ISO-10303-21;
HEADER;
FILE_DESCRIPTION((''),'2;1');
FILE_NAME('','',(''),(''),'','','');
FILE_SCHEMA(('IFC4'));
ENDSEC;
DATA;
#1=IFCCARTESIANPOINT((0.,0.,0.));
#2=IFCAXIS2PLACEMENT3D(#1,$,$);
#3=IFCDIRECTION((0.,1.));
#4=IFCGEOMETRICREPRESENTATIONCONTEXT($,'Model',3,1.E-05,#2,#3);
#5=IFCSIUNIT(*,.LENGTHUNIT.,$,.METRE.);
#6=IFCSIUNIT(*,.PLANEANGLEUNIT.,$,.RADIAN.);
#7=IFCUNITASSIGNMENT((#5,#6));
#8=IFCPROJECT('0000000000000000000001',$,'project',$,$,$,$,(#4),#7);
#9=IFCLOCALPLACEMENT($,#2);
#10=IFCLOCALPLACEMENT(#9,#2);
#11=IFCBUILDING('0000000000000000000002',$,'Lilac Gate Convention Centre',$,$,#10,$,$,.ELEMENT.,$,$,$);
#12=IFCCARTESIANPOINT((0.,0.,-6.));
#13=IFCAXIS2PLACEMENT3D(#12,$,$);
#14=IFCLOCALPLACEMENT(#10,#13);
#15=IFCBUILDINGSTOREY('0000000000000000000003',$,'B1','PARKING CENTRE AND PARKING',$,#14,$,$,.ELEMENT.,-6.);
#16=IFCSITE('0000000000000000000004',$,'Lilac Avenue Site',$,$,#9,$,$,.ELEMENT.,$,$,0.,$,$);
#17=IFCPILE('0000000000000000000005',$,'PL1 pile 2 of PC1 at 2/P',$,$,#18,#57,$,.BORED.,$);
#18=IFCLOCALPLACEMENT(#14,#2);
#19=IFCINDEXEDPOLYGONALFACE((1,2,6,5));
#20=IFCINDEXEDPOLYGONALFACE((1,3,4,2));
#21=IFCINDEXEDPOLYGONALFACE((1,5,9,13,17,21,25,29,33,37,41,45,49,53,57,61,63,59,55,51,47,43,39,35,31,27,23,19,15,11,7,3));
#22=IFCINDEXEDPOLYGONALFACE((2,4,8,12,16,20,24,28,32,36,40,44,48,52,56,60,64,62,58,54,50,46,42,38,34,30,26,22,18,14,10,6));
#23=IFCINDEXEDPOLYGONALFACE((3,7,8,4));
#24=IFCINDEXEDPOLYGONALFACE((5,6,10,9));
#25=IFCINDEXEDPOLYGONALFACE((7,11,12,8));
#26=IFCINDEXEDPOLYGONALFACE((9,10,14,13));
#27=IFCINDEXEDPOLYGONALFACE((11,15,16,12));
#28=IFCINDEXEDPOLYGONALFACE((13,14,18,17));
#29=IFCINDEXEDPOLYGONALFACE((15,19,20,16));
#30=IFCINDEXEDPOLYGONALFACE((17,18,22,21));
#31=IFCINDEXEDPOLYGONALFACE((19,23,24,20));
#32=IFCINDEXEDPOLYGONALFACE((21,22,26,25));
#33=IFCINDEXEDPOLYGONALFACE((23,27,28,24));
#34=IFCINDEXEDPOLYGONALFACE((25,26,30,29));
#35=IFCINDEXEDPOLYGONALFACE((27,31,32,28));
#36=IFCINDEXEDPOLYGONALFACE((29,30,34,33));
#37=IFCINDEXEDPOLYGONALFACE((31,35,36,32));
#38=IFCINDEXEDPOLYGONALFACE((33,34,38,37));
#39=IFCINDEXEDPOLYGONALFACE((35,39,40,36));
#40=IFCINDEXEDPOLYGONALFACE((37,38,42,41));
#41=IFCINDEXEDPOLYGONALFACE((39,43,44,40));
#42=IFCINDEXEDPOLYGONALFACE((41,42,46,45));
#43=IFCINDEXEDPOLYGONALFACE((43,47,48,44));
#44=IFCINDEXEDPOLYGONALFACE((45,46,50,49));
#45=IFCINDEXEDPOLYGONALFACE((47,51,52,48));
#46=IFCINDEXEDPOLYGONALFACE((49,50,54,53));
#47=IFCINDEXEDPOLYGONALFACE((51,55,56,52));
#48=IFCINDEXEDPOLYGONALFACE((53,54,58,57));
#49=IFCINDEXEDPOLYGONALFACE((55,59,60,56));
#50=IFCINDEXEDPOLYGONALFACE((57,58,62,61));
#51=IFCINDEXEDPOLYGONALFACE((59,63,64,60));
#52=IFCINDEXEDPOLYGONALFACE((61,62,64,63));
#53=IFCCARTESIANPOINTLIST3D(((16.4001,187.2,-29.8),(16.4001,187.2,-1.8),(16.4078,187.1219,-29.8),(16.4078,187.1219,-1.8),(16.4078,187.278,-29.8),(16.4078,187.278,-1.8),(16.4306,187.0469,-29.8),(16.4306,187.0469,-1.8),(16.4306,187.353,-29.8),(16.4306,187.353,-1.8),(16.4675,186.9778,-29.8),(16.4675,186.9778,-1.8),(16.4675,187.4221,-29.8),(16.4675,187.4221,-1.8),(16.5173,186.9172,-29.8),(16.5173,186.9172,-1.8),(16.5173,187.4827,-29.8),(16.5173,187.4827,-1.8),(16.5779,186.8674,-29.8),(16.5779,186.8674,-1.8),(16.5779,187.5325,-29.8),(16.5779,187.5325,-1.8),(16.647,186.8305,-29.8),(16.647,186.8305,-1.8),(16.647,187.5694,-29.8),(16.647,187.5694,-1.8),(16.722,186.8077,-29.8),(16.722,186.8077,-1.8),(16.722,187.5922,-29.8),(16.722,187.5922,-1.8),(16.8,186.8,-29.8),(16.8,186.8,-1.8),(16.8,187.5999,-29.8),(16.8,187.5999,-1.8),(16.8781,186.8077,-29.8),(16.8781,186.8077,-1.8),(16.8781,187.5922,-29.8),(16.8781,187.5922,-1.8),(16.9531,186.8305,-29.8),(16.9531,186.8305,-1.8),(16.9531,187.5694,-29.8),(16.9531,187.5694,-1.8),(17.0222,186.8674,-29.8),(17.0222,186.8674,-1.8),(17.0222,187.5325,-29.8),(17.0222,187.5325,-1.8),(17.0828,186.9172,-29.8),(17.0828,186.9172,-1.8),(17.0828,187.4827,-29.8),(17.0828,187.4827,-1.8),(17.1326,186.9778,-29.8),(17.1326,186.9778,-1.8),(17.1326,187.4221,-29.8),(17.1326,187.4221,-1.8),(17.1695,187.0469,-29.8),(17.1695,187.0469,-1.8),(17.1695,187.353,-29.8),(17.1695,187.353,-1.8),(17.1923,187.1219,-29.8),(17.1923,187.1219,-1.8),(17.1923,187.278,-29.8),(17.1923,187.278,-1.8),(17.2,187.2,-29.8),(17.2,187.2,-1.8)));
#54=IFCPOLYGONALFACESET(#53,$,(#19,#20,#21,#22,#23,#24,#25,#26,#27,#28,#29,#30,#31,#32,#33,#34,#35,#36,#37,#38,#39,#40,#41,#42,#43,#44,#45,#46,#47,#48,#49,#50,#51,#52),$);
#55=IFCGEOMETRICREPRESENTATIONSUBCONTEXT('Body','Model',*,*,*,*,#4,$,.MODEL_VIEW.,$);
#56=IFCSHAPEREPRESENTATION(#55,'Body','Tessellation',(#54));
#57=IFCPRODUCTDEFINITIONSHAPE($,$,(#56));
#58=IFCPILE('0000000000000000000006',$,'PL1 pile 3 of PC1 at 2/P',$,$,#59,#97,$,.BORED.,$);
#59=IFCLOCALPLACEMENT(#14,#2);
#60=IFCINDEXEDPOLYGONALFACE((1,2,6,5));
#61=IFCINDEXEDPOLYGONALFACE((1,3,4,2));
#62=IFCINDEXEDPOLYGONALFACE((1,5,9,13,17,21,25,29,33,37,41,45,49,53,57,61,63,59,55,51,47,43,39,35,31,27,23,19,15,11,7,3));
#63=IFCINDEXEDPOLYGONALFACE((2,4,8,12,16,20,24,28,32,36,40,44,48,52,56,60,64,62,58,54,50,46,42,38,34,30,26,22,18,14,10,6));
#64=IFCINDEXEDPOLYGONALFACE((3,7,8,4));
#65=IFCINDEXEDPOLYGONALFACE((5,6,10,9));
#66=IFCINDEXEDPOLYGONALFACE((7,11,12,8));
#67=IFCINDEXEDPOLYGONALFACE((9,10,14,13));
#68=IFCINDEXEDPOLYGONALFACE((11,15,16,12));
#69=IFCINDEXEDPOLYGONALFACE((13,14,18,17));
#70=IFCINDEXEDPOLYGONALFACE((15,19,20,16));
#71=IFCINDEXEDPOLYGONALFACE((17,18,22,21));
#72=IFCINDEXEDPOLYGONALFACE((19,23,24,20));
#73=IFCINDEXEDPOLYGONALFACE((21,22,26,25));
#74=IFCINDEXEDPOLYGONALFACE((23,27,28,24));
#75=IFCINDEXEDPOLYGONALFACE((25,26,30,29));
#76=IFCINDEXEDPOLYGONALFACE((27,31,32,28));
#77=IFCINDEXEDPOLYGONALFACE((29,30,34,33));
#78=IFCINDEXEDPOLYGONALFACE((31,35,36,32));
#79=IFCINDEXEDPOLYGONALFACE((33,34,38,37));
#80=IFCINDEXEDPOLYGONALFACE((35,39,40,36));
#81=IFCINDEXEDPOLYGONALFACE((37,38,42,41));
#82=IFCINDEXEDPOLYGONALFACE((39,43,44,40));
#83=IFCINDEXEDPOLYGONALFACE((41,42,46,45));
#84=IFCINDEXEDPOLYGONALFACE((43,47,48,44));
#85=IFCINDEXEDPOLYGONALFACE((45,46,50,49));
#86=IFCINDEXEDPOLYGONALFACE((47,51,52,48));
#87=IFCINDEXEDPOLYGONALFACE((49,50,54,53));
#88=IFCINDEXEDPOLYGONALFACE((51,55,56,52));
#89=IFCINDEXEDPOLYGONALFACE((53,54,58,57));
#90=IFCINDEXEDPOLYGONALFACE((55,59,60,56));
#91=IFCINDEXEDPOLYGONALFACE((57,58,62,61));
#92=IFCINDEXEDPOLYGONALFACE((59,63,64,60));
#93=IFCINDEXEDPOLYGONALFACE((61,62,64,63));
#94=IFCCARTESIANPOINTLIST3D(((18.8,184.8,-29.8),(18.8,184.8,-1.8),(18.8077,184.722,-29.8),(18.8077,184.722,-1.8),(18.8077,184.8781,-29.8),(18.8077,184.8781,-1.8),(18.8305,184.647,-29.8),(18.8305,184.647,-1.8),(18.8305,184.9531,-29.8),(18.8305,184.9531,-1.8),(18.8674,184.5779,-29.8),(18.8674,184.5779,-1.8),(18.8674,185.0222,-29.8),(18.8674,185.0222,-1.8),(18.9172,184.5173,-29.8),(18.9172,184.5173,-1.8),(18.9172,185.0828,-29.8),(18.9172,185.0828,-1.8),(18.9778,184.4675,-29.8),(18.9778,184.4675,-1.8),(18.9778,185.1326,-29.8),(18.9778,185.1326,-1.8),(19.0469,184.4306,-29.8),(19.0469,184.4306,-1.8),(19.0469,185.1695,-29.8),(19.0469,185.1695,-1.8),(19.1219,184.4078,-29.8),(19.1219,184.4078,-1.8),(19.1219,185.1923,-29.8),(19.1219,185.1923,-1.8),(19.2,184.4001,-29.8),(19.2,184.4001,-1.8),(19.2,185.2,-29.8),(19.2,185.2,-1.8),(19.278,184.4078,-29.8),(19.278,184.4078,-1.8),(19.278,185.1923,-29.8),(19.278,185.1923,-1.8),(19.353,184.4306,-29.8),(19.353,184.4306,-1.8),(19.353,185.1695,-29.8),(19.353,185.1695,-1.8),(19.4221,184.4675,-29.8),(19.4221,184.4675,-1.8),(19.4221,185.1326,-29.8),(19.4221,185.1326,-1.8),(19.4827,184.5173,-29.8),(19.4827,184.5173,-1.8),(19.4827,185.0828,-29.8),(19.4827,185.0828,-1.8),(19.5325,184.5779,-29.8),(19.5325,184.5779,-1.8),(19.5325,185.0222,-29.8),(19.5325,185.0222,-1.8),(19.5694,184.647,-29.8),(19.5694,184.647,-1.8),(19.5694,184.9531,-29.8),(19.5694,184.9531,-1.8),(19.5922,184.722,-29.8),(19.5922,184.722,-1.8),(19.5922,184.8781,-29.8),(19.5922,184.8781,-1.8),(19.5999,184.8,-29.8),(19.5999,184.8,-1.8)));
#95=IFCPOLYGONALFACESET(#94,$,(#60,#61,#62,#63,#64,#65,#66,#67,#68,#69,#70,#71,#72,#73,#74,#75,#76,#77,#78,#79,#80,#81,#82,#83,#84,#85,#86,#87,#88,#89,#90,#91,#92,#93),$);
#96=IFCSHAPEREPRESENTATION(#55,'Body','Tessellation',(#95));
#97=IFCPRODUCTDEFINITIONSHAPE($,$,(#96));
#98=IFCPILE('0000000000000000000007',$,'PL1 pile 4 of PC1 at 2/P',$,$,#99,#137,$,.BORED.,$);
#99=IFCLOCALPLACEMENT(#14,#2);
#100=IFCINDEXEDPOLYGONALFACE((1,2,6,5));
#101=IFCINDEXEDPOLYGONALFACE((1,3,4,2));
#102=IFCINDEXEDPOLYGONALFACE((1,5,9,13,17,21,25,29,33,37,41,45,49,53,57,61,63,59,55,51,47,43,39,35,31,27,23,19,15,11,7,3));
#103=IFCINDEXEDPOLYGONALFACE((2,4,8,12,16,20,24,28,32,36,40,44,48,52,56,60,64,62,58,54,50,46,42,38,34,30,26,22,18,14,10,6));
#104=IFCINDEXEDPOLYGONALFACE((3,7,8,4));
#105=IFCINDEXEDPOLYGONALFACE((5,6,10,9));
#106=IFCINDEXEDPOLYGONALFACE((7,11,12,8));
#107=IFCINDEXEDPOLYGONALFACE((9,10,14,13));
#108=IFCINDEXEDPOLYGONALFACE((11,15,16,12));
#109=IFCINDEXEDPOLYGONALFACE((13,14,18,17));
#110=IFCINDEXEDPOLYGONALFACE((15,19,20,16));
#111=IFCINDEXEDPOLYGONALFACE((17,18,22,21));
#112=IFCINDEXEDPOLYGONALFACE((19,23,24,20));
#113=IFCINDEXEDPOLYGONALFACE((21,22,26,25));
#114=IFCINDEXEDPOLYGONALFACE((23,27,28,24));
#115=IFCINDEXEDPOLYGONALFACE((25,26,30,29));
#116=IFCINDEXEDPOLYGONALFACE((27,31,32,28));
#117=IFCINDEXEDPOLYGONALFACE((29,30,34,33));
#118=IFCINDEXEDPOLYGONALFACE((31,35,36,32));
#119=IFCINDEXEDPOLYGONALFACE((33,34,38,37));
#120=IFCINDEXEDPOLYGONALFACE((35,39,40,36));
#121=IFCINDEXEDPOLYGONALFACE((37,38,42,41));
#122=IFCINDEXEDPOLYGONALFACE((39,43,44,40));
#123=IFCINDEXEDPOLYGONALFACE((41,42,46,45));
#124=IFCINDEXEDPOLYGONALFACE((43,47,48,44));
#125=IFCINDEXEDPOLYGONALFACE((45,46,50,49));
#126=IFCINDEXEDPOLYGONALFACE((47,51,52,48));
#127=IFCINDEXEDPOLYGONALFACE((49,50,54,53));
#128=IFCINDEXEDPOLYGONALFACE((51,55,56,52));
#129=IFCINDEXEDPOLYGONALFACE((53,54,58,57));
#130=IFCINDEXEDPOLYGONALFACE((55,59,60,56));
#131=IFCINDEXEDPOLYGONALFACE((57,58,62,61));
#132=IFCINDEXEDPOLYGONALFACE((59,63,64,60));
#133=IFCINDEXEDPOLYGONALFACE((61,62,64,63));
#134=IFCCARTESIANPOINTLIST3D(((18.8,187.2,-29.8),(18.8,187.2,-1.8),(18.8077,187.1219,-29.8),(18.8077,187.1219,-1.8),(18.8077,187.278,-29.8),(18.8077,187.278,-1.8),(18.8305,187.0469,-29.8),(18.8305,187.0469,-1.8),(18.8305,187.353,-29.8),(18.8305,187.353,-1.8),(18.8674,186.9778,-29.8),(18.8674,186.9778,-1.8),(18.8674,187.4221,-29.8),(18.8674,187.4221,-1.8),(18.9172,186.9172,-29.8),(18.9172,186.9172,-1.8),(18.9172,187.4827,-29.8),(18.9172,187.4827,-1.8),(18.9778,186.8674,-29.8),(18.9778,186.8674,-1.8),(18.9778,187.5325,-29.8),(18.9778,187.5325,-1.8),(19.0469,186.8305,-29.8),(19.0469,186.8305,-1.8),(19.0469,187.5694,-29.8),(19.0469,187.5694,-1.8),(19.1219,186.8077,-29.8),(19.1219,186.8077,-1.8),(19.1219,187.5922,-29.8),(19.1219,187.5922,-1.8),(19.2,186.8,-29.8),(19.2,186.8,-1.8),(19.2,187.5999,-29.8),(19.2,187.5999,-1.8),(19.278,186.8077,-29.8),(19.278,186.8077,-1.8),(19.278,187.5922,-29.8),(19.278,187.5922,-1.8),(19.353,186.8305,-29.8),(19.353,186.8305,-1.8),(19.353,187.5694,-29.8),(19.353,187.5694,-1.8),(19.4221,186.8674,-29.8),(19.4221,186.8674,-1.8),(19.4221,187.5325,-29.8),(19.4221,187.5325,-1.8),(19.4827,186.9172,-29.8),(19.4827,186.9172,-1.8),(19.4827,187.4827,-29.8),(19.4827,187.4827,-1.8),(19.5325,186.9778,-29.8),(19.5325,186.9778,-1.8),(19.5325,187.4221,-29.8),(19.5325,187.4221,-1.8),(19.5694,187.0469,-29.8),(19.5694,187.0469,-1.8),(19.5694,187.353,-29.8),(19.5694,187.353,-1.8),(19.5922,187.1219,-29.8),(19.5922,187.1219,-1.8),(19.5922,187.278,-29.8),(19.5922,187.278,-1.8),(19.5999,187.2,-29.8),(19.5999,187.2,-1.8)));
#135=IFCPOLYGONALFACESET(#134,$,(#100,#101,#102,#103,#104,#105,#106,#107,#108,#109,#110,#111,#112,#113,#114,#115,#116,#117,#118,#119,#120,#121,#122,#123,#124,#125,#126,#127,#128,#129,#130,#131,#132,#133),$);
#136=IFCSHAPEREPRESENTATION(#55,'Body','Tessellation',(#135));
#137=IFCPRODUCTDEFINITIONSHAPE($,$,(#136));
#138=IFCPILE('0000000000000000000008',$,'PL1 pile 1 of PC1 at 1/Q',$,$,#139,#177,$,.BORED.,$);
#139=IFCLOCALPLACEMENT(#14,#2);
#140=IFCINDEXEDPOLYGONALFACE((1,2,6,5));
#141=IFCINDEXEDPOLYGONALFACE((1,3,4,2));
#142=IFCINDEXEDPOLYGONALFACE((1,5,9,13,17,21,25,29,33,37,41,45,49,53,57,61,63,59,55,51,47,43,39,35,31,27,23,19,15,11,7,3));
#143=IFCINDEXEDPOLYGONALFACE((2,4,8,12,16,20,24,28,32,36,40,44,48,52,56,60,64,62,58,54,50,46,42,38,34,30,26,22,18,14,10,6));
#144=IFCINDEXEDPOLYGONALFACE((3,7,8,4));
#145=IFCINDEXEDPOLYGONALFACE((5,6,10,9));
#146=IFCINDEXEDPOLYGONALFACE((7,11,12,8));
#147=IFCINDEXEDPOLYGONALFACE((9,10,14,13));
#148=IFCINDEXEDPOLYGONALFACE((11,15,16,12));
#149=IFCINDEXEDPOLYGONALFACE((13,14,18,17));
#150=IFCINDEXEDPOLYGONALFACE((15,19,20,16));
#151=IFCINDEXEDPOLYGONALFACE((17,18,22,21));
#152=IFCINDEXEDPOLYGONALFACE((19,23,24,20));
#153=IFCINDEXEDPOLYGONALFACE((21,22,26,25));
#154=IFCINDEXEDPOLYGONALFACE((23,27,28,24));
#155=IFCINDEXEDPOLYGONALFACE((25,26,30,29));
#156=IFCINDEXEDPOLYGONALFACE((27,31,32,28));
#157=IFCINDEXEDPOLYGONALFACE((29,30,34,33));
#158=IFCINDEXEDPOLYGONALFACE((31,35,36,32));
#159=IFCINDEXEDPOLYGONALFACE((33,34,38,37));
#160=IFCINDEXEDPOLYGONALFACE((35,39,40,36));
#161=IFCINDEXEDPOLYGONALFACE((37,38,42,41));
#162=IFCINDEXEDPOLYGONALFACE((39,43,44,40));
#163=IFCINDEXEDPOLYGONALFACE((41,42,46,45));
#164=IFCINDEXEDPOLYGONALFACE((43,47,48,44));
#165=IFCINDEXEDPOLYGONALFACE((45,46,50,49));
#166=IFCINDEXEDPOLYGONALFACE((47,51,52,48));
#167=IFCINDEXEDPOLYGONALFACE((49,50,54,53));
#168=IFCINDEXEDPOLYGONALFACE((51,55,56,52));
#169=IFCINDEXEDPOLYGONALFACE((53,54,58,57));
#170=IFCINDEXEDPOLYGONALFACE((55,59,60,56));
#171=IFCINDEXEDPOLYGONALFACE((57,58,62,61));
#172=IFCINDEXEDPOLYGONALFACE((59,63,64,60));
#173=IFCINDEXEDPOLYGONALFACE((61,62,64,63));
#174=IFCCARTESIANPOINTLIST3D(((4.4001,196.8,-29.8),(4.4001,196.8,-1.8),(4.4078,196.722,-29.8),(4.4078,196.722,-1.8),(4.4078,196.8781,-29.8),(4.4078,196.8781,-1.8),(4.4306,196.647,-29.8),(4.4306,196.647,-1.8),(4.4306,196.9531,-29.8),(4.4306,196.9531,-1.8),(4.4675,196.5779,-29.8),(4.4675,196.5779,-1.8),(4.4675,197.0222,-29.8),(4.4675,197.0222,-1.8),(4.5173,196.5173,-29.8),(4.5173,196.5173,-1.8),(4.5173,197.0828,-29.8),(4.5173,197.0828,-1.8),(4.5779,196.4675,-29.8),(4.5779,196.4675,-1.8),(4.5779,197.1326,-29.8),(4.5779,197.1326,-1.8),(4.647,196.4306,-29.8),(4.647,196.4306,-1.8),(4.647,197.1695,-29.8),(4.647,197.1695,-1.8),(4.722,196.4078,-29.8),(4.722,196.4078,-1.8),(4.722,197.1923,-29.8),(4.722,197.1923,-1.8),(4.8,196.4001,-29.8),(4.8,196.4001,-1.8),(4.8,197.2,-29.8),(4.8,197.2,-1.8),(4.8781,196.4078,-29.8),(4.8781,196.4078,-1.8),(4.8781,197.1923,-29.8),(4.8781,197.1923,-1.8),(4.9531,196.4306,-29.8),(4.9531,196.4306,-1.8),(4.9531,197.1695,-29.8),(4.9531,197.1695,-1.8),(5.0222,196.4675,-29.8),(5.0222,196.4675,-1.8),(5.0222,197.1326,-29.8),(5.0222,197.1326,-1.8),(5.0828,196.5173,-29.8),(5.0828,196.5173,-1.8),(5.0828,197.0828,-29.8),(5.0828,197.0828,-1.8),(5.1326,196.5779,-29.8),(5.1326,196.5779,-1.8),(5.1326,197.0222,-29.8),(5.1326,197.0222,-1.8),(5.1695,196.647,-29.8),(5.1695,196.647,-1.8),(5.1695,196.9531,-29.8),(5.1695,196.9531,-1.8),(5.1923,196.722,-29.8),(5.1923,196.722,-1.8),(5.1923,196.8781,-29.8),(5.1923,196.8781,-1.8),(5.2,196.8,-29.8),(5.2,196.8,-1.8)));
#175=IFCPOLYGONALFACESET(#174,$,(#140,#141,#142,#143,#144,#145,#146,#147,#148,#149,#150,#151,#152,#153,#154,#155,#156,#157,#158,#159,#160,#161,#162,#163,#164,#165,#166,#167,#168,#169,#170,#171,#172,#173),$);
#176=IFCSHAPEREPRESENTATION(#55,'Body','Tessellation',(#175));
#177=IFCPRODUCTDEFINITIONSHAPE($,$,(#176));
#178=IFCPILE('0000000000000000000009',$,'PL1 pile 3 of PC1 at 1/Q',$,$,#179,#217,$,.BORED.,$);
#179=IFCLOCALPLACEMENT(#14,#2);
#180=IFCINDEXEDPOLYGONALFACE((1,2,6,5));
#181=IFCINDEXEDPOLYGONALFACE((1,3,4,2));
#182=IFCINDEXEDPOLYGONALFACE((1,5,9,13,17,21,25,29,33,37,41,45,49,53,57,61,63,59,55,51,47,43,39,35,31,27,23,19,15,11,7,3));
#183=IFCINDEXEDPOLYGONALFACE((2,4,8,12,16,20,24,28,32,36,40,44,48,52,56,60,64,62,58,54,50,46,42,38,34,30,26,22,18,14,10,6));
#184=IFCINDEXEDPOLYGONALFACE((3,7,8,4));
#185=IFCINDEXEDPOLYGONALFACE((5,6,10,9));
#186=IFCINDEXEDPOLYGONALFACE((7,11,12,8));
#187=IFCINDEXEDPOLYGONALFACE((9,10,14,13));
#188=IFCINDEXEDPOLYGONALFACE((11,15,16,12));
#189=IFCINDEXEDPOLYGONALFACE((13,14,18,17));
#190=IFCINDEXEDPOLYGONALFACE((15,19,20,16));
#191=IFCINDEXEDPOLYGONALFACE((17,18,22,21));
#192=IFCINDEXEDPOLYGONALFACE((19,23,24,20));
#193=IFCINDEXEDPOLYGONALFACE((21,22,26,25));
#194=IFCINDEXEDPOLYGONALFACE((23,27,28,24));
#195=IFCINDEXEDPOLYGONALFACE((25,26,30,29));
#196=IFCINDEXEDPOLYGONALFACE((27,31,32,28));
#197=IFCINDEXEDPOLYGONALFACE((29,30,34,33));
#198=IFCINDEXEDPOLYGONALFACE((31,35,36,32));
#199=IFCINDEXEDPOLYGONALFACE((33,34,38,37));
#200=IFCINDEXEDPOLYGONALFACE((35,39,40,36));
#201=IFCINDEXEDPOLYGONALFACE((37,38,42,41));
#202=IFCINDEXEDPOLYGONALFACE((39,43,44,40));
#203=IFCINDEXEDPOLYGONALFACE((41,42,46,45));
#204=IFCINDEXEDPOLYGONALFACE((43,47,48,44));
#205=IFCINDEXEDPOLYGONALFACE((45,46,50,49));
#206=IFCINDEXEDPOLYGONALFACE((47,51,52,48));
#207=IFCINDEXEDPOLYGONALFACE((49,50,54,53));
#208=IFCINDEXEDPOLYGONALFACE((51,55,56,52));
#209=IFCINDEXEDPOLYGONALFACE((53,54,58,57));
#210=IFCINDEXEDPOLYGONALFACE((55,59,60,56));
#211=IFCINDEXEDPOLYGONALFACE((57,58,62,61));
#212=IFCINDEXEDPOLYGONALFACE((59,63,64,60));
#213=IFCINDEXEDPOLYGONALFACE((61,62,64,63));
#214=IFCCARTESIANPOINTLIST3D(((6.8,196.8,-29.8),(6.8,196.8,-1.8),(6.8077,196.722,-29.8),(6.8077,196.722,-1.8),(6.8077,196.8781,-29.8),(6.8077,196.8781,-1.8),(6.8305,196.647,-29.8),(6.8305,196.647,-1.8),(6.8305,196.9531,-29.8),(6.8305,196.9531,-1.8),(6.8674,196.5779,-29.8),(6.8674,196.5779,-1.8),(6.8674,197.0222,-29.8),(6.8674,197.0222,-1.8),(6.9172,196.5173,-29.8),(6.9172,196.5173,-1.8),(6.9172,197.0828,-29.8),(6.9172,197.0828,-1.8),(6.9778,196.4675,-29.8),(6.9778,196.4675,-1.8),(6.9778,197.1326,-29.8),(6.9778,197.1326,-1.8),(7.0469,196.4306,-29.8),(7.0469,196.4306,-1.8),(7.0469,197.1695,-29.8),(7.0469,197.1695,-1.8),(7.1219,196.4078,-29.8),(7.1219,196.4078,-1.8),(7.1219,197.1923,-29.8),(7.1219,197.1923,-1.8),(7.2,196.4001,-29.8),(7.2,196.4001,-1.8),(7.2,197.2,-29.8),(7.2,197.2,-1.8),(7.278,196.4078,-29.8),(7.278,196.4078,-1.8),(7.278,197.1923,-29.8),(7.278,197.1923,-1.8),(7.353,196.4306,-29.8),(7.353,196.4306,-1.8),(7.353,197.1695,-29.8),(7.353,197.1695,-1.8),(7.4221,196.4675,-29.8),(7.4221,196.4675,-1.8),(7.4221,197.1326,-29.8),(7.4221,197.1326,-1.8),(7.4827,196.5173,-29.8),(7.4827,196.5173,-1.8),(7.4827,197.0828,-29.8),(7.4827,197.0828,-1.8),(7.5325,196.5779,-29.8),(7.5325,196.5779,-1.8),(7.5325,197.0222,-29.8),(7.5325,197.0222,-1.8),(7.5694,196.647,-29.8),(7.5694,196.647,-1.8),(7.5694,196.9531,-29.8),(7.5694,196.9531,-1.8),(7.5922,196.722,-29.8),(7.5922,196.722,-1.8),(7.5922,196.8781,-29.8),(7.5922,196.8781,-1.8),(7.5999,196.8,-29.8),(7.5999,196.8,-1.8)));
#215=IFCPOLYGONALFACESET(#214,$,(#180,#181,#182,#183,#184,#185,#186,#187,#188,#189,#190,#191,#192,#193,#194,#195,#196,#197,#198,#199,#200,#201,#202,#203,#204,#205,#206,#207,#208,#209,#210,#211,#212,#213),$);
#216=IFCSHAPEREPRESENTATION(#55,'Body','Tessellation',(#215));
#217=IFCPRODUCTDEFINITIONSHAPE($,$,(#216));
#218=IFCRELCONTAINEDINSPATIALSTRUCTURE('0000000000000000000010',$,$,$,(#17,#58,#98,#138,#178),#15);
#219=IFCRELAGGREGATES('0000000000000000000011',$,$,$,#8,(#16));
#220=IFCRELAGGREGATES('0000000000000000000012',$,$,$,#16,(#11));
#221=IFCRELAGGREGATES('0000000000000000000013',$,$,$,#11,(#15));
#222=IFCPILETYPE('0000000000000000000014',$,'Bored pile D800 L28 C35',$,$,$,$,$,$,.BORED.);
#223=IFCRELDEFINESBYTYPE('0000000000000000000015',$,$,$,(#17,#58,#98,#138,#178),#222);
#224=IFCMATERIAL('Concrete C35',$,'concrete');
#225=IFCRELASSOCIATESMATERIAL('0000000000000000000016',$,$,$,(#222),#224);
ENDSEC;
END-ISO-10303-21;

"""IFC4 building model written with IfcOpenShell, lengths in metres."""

from ifc_helpers import new_model, si_unit, direction, frame, origin, origin_2d, place, context, subcontext, project, spatial, circle, extrude, material, material_profile, profile_set, type_object, element, save


model = new_model("IFC4")

# Units and contexts
model_context = context("Model", 3, precision=1e-05, world=origin(), true_north=direction((0.0, 1.0)))
body_context = subcontext(model_context, "Body", "Model", "MODEL_VIEW")
ifc_project = project(units=[si_unit("LENGTHUNIT", "METRE"), si_unit("PLANEANGLEUNIT", "RADIAN")], contexts=[model_context])

# Site, building, storey
site_placement = place(None, origin())
site = spatial("IfcSite", under=ifc_project, at=site_placement, Name="Lilac Avenue Site", CompositionType="ELEMENT", RefElevation=0.0)
building_placement = place(site_placement, origin())
building = spatial("IfcBuilding", under=site, at=building_placement, Name="Lilac Gate Convention Centre", CompositionType="ELEMENT")
storey_placement = place(building_placement, frame((0.0, 0.0, -6.0)))
storey = spatial("IfcBuildingStorey", under=building, at=storey_placement, Name="B1", Description="PARKING CENTRE AND PARKING", CompositionType="ELEMENT", Elevation=-6.0)

# Piles
ifc_material_1 = material(Name="Concrete C35", Category="concrete")
ifc_material_profile_1 = material_profile(ifc_material_1, circle(Radius=0.3999, at=origin_2d()), Name="D800")
ifc_profile_set_1 = profile_set([ifc_material_profile_1], Name="Concrete C35")
pile_type = type_object("IfcPileType", Name="Bored pile D800 L28 C35", PredefinedType="BORED", material=ifc_profile_set_1)
for number, where, z_axis, x_axis, name in (
    (1, (16.8, 187.2, -1.8), (0.0, 0.0, -1.0), (1.0, 0.0, 0.0), "PL1 pile 2 of PC1 at 2/P"),
    (2, (19.2, 184.8, -1.8), (0.0, 0.0, -1.0), (1.0, 0.0, 0.0), "PL1 pile 3 of PC1 at 2/P"),
    (3, (19.2, 187.2, -1.8), (0.0, 0.0, -1.0), (1.0, 0.0, 0.0), "PL1 pile 4 of PC1 at 2/P"),
    (4, (4.8, 196.8, -1.8), (0.0, 0.0, -1.0), (1.0, 0.0, 0.0), "PL1 pile 1 of PC1 at 1/Q"),
    (5, (7.2, 196.8, -1.8), (0.0, 0.0, -1.0), (1.0, 0.0, 0.0), "PL1 pile 3 of PC1 at 1/Q"),
):
    element("IfcPile", number, at=place(storey_placement, frame(where, z_axis=z_axis, x_axis=x_axis)), inside=storey, type_object=pile_type, Name=name, PredefinedType="BORED", context=body_context, shape_type="SweptSolid", body=[
        extrude(circle(Radius=0.3999, at=origin_2d()), origin(), (0.0, 0.0, 1.0), 28.0),
    ])

save(model, "model.ifc")
